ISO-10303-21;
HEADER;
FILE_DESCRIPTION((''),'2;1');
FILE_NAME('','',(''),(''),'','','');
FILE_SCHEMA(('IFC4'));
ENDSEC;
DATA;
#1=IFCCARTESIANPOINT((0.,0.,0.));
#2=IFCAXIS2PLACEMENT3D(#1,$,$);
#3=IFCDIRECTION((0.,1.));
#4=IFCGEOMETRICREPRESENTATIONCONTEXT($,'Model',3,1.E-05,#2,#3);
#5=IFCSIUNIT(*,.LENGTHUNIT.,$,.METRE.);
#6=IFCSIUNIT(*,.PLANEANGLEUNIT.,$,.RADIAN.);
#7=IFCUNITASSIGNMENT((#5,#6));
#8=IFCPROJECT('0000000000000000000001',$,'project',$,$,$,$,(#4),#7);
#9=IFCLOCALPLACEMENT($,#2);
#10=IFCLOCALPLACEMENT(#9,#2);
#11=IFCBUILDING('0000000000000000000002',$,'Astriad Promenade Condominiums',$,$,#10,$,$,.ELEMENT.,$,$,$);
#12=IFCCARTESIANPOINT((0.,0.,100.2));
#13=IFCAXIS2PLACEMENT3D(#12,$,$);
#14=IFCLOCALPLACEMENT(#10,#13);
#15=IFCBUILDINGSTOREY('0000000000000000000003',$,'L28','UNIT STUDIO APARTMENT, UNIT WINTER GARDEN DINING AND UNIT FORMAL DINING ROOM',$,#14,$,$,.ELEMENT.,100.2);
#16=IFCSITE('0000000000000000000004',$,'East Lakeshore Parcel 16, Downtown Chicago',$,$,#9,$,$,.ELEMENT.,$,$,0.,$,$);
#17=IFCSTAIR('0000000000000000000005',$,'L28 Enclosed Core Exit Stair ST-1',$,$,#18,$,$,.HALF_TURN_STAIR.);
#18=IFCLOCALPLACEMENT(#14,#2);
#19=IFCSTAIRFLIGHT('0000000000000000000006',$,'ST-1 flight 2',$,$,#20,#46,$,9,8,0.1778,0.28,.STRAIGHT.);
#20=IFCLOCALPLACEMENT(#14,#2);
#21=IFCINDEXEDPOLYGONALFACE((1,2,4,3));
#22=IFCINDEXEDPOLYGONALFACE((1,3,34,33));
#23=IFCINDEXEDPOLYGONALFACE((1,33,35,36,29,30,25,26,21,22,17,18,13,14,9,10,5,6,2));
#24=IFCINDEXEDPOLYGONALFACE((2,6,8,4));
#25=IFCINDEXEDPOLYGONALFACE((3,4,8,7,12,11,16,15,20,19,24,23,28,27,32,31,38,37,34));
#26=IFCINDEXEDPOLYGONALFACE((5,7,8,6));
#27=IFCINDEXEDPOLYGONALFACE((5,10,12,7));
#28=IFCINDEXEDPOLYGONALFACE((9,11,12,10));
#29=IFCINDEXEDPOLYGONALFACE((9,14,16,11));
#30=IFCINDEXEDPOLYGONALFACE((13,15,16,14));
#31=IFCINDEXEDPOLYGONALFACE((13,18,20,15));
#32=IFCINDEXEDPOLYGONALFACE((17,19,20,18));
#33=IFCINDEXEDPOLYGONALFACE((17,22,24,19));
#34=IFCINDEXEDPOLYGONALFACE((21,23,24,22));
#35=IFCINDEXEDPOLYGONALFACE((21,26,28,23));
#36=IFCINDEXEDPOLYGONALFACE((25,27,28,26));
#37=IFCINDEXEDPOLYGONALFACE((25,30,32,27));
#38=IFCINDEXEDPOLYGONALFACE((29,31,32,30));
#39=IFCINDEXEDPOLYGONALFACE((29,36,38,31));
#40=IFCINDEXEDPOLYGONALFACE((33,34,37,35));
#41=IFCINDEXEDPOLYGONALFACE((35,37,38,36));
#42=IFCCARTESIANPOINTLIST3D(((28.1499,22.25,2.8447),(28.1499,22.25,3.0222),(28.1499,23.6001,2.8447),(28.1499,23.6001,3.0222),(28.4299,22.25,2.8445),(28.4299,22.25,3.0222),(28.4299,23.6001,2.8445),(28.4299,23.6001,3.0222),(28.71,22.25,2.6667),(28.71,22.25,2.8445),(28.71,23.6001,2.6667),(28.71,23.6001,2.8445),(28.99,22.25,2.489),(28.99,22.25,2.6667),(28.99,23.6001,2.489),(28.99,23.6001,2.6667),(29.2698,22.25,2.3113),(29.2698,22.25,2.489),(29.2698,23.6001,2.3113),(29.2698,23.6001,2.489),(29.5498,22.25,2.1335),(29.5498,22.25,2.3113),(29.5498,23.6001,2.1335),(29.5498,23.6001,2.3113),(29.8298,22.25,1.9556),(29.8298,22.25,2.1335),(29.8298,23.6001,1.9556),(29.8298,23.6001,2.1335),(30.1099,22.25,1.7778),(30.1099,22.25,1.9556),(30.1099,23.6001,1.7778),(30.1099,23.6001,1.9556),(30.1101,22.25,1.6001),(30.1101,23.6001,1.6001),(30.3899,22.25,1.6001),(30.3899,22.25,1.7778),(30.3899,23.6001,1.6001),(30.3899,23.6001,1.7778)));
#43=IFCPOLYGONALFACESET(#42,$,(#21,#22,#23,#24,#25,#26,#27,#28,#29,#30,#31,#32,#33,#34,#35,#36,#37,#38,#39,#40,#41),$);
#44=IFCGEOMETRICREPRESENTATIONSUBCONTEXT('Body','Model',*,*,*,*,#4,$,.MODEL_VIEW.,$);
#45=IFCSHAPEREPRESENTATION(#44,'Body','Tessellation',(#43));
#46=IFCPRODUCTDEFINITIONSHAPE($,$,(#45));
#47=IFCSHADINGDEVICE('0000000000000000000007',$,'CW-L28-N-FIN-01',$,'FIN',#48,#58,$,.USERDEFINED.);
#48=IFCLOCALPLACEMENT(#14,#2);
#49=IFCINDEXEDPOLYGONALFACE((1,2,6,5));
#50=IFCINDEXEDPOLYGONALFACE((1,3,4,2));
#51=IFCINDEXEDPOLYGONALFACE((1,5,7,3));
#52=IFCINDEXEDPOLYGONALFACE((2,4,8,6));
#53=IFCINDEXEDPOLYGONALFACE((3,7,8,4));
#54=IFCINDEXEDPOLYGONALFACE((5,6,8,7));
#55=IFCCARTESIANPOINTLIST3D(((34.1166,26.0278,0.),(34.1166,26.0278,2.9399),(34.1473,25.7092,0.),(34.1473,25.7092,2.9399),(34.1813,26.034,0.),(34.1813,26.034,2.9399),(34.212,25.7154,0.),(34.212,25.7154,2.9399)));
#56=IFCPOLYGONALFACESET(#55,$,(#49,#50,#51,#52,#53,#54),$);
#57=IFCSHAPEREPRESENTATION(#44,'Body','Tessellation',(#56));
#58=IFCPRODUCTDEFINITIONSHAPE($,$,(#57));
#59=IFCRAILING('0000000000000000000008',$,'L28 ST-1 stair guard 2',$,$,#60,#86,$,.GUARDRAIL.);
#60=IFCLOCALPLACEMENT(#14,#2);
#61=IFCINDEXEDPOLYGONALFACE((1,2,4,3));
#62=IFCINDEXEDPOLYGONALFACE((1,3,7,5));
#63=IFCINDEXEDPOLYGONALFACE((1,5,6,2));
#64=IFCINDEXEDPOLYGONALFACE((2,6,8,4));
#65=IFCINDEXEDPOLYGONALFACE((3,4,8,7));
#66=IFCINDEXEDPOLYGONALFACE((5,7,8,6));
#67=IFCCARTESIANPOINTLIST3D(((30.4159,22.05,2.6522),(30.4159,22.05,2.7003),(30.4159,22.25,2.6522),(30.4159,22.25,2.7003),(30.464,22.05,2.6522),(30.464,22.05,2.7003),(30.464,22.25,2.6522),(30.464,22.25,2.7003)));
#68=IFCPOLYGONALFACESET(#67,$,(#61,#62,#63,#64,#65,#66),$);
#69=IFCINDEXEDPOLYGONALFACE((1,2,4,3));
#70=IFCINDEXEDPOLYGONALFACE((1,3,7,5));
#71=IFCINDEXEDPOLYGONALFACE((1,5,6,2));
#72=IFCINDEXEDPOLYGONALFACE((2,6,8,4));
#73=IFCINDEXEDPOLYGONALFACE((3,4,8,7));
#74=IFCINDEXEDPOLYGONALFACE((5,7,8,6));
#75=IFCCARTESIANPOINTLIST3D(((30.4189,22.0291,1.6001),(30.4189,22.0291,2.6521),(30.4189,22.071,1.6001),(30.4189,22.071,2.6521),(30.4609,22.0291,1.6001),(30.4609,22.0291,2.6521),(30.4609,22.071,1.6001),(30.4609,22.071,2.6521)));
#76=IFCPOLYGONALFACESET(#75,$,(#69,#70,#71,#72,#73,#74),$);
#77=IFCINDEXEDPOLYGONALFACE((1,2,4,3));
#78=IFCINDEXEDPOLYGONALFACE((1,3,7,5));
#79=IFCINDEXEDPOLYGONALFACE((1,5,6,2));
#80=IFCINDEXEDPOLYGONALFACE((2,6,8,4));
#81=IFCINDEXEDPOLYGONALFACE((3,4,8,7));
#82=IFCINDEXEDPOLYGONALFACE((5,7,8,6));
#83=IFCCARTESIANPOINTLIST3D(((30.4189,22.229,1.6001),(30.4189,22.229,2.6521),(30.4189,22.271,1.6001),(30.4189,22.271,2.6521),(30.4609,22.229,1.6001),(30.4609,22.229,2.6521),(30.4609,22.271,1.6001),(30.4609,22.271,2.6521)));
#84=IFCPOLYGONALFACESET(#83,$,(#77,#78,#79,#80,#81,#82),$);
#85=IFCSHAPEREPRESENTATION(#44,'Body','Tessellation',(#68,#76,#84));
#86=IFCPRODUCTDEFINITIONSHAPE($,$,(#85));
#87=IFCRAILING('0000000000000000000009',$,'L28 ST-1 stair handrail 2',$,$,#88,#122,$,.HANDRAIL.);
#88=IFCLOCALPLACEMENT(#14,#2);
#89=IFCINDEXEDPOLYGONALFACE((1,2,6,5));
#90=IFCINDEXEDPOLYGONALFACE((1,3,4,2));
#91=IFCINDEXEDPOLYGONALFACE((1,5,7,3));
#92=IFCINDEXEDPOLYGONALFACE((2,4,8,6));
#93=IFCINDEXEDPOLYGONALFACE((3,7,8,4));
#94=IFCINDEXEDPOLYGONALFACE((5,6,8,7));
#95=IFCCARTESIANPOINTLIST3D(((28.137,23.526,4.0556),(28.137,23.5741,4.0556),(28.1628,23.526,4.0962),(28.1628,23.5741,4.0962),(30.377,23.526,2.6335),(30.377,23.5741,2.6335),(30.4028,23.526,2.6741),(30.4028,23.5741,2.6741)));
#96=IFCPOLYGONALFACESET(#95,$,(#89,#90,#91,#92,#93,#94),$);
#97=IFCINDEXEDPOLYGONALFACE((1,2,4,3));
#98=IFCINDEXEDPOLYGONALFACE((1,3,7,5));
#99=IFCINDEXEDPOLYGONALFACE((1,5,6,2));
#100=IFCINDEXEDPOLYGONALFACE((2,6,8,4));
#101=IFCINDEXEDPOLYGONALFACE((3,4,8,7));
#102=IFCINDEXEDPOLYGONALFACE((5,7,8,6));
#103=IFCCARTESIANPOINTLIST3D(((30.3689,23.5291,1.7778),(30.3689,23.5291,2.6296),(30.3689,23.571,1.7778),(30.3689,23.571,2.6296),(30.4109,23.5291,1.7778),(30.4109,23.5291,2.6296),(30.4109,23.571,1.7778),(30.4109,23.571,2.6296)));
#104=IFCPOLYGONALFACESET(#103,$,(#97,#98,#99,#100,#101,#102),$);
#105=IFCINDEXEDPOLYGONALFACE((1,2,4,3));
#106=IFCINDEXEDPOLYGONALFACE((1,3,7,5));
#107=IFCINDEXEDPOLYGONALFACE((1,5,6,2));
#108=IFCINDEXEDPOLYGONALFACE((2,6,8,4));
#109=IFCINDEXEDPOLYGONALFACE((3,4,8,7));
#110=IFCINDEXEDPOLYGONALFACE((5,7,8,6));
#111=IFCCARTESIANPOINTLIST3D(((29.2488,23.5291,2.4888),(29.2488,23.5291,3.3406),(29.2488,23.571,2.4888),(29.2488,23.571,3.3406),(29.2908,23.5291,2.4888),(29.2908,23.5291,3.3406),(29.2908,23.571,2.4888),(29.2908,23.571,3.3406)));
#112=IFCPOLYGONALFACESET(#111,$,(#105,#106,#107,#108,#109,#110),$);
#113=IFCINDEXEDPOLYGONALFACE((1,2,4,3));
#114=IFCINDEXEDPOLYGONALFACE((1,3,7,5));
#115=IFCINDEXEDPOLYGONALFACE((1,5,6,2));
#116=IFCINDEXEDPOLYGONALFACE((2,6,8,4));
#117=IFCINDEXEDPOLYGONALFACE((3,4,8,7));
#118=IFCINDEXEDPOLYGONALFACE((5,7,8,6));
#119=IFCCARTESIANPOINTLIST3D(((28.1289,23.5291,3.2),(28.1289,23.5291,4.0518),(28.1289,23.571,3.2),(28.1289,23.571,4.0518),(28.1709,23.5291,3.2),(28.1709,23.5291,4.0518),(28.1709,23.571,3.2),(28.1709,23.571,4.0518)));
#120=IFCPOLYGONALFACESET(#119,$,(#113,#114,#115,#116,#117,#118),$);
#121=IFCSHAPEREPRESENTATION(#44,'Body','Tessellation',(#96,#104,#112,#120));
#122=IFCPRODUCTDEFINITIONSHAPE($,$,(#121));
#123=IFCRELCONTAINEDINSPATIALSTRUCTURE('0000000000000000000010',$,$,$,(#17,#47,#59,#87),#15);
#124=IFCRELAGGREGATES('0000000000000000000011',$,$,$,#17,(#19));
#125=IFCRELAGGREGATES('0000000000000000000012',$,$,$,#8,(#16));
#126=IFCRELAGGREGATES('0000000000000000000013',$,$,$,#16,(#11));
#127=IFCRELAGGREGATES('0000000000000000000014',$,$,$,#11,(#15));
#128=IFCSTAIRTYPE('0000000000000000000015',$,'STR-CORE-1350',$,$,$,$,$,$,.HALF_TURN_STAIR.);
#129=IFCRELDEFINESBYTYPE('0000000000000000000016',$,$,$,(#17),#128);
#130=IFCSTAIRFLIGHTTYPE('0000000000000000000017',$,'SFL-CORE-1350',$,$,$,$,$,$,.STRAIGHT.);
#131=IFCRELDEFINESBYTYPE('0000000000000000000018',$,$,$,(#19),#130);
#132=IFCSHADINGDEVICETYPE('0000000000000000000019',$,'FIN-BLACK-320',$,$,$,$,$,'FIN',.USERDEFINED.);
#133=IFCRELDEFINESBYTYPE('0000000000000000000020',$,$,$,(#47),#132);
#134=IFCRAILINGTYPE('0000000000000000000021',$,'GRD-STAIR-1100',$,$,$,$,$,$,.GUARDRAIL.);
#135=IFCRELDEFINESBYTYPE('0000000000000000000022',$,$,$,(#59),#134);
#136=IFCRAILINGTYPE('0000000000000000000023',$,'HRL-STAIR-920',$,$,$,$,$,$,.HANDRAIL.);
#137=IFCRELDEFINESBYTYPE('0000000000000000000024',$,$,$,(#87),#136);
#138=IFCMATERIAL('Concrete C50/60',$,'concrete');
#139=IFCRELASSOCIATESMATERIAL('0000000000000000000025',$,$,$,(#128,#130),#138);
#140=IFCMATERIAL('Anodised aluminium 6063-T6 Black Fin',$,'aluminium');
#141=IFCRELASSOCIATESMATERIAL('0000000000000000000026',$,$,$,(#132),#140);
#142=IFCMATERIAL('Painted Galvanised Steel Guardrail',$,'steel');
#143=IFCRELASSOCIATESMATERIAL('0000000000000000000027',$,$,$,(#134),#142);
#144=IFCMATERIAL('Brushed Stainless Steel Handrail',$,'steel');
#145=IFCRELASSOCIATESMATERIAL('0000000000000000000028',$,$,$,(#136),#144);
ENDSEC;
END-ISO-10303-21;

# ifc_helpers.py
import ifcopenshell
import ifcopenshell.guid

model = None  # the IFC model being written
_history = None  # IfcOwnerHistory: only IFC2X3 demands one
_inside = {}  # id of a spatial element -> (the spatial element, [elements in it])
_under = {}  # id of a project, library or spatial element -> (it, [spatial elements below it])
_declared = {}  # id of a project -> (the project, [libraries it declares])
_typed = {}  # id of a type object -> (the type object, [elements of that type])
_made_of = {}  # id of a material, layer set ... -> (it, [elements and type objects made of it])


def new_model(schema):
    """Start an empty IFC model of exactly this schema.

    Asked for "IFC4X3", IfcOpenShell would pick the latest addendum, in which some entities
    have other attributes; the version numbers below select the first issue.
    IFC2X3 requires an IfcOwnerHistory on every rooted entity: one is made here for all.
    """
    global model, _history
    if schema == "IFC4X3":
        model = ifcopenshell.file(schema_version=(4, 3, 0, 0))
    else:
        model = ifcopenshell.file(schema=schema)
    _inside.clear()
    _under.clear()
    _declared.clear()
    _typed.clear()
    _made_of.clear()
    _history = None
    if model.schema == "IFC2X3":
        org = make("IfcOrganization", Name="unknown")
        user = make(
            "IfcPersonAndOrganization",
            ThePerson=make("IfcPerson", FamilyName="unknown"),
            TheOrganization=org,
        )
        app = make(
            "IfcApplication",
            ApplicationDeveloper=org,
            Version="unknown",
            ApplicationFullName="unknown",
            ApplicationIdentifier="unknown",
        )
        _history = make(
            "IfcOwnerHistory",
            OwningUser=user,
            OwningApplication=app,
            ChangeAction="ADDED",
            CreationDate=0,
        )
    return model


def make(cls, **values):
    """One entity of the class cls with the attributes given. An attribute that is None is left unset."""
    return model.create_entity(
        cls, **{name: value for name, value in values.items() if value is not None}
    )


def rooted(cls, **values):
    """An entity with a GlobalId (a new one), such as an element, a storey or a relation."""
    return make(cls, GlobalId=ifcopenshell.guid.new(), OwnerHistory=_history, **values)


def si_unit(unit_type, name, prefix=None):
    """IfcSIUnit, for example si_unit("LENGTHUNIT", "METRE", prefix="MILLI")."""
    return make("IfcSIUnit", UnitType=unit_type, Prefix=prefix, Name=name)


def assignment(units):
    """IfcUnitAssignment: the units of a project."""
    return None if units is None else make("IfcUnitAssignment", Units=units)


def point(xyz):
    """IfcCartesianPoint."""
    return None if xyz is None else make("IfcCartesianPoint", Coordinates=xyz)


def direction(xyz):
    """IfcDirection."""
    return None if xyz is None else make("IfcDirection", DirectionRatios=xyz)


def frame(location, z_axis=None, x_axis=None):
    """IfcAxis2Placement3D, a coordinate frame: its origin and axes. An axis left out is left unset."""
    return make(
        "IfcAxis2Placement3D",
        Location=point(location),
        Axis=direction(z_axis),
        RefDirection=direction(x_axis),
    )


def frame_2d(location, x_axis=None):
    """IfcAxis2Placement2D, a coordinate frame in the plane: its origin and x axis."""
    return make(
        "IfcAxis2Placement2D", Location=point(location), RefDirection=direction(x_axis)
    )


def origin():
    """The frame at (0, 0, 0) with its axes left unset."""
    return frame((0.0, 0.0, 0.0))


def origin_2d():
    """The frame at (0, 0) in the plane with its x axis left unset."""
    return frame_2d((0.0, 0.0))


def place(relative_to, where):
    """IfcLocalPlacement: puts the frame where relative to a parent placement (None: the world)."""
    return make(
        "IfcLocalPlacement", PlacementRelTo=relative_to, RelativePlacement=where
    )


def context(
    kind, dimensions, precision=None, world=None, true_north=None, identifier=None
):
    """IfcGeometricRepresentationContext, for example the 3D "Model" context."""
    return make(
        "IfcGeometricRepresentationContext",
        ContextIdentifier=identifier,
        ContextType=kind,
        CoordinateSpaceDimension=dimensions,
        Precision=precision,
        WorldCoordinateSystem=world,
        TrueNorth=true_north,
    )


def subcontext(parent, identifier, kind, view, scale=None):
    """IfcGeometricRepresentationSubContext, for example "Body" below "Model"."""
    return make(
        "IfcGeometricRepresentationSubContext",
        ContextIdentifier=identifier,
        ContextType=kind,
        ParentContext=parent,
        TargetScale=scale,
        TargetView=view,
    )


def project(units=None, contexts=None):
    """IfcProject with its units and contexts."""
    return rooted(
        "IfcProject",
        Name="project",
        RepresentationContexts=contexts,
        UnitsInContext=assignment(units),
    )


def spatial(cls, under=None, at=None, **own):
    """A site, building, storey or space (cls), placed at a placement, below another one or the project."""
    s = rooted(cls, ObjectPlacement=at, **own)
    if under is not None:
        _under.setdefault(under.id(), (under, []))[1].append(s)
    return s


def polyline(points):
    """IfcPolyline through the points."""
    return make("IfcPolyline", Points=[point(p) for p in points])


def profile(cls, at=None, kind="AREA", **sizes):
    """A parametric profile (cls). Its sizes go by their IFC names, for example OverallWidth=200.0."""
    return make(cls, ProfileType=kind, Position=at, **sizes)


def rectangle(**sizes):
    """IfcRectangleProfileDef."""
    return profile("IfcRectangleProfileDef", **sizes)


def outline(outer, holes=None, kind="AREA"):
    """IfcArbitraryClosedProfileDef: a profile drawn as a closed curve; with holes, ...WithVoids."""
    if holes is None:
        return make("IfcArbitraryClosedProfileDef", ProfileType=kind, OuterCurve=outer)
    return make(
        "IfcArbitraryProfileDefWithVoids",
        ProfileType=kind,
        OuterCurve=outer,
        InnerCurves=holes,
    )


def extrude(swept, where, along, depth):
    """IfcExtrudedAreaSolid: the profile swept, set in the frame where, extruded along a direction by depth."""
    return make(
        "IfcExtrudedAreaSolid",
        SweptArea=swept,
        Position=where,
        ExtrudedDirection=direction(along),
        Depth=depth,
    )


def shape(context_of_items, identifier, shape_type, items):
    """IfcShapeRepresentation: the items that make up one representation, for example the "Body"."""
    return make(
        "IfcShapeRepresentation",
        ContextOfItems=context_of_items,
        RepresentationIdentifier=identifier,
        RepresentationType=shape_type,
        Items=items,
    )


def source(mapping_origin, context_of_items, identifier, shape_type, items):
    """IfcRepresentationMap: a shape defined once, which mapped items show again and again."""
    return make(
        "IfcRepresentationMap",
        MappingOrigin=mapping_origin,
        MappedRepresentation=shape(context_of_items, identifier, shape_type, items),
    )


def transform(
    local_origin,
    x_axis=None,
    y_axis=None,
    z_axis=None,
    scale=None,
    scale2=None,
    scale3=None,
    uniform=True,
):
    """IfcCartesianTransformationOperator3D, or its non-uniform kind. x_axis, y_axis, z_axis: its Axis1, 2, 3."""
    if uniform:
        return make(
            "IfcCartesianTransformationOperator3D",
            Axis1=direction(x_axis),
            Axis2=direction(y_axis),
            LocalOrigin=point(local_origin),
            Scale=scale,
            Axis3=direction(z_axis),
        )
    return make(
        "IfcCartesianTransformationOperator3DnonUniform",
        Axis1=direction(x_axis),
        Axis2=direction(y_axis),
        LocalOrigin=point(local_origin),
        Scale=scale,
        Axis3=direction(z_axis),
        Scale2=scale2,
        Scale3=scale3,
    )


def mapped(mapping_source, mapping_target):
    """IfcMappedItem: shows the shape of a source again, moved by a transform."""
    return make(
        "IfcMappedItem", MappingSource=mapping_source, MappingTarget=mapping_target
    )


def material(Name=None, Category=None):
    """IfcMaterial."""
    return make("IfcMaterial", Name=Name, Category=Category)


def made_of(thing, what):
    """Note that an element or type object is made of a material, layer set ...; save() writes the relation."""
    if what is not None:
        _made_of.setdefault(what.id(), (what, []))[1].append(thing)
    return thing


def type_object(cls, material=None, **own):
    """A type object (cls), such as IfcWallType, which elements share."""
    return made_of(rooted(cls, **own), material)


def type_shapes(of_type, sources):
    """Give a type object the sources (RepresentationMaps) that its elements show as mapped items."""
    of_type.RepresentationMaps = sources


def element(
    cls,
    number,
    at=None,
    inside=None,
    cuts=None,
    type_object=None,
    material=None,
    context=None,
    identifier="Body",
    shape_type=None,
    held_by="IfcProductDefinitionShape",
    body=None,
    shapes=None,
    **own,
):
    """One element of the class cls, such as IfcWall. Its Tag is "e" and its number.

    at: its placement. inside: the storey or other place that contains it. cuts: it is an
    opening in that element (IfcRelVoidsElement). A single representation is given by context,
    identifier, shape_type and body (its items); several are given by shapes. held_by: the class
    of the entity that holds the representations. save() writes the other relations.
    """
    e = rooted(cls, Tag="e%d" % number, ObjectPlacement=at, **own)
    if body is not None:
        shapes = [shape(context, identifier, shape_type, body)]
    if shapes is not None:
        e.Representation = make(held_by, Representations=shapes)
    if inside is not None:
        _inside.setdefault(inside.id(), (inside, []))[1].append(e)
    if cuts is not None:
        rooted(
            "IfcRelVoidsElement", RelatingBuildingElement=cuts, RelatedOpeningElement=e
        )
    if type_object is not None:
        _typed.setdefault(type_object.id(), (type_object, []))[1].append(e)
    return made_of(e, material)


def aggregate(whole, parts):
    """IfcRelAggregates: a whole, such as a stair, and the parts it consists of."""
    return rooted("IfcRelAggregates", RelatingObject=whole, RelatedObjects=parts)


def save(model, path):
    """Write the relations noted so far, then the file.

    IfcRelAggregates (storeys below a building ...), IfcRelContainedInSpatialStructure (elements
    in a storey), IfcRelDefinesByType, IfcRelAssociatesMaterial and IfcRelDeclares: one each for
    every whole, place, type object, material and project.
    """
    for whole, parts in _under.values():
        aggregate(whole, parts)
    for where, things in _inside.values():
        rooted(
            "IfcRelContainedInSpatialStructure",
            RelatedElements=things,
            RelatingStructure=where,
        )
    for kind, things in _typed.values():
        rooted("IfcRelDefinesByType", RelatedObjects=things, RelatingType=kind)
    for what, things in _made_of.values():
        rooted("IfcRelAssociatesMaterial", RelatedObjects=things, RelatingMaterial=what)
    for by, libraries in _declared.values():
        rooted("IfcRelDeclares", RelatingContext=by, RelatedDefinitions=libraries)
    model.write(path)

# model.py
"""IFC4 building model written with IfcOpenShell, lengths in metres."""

from ifc_helpers import new_model, si_unit, direction, frame, origin, origin_2d, place, context, subcontext, project, spatial, polyline, rectangle, outline, extrude, source, transform, mapped, material, type_object, type_shapes, element, aggregate, save


model = new_model("IFC4")

# Units and contexts
model_context = context("Model", 3, precision=1e-05, world=origin(), true_north=direction((0.0, 1.0)))
body_context = subcontext(model_context, "Body", "Model", "MODEL_VIEW")
ifc_project = project(units=[si_unit("LENGTHUNIT", "METRE"), si_unit("PLANEANGLEUNIT", "RADIAN")], contexts=[model_context])

# Site, building, storey
site_placement = place(None, origin())
site = spatial("IfcSite", under=ifc_project, at=site_placement, Name="East Lakeshore Parcel 16, Downtown Chicago", CompositionType="ELEMENT", RefElevation=0.0)
building_placement = place(site_placement, origin())
building = spatial("IfcBuilding", under=site, at=building_placement, Name="Astriad Promenade Condominiums", CompositionType="ELEMENT")
storey_placement = place(building_placement, frame((0.0, 0.0, 100.2)))
storey = spatial("IfcBuildingStorey", under=building, at=storey_placement, Name="L28", Description="UNIT STUDIO APARTMENT, UNIT WINTER GARDEN DINING AND UNIT FORMAL DINING ROOM", CompositionType="ELEMENT", Elevation=100.2)

# Shared definitions
ifc_material_1 = material(Name="Concrete C50/60", Category="concrete")

# Stair, stair flight
stair_type = type_object("IfcStairType", Name="STR-CORE-1350", PredefinedType="HALF_TURN_STAIR", material=ifc_material_1)
stair_placement = place(storey_placement, origin())
stair = element("IfcStair", 1, at=stair_placement, inside=storey, type_object=stair_type, Name="L28 Enclosed Core Exit Stair ST-1", PredefinedType="HALF_TURN_STAIR")
stair_flight_type = type_object("IfcStairFlightType", Name="SFL-CORE-1350", PredefinedType="STRAIGHT", material=ifc_material_1)
shared_shape_1 = source(origin(), body_context, "Body", "SweptSolid", [
    extrude(outline(polyline([(0.0, 0.0), (0.0, 0.1777), (0.28, 0.1777), (0.28, 0.3555), (0.5601, 0.3555), (0.5601, 0.5334), (0.8401, 0.5334), (0.8401, 0.7112), (1.1201, 0.7112), (1.1201, 0.8889), (1.3999, 0.8889), (1.3999, 1.0667), (1.6799, 1.0667), (1.6799, 1.2444), (1.96, 1.2444), (1.96, 1.4221), (2.24, 1.4221), (2.24, 1.6001), (2.24, 1.2446), (0.2798, 0.0), (0.0, 0.0)])), frame((0.0, 0.675, 0.0), z_axis=(0.0, -1.0, 0.0), x_axis=(1.0, 0.0, 0.0)), (0.0, 0.0, 1.0), 1.3501),
])
type_shapes(stair_flight_type, [shared_shape_1])
stair_flight_placement = place(storey_placement, frame((30.3899, 22.925, 1.6001), z_axis=(0.0, 0.0, 1.0), x_axis=(-1.0, 0.0, 0.0)))
stair_flight = element("IfcStairFlight", 2, at=stair_flight_placement, type_object=stair_flight_type, Name="ST-1 flight 2", NumberOfRisers=9, NumberOfTreads=8, PredefinedType="STRAIGHT", RiserHeight=0.1778, TreadLength=0.28, context=body_context, shape_type="MappedRepresentation", body=[
    mapped(shared_shape_1, transform((0.0, 0.0, 0.0), scale=1.0)),
])
aggregate(stair, [stair_flight])

# Shading device
ifc_material_2 = material(Name="Anodised aluminium 6063-T6 Black Fin", Category="aluminium")
shading_device_type = type_object("IfcShadingDeviceType", Name="FIN-BLACK-320", ElementType="FIN", PredefinedType="USERDEFINED", material=ifc_material_2)
shared_shape_2 = source(origin(), body_context, "Body", "SweptSolid", [
    extrude(rectangle(XDim=0.0649, YDim=0.3201, at=origin_2d()), origin(), (0.0, 0.0, 1.0), 2.9399),
])
type_shapes(shading_device_type, [shared_shape_2])
shading_device_placement = place(storey_placement, frame((34.1643, 25.8716, 0.0), z_axis=(0.0, 0.0, 1.0), x_axis=(0.995396, 0.095846, 0.0)))
element("IfcShadingDevice", 3, at=shading_device_placement, inside=storey, type_object=shading_device_type, Name="CW-L28-N-FIN-01", ObjectType="FIN", PredefinedType="USERDEFINED", context=body_context, shape_type="MappedRepresentation", body=[
    mapped(shared_shape_2, transform((0.0, 0.0, 0.0), scale=1.0)),
])

# Railings
ifc_material_3 = material(Name="Painted Galvanised Steel Guardrail", Category="steel")
railing_type_1 = type_object("IfcRailingType", Name="GRD-STAIR-1100", PredefinedType="GUARDRAIL", material=ifc_material_3)
shared_shape_3 = source(origin(), body_context, "Body", "SweptSolid", [
    extrude(rectangle(XDim=0.0481, YDim=0.0481, at=origin_2d()), frame((0.0, 0.0, 1.0762), z_axis=(0.0, 1.0, 0.0), x_axis=(-1.0, 0.0, 0.0)), (0.0, 0.0, 1.0), 0.2),
    extrude(rectangle(XDim=0.042, YDim=0.042, at=origin_2d()), origin(), (0.0, 0.0, 1.0), 1.052),
    extrude(rectangle(XDim=0.042, YDim=0.042, at=origin_2d()), frame((0.0, 0.2, 0.0)), (0.0, 0.0, 1.0), 1.052),
])
type_shapes(railing_type_1, [shared_shape_3])
railing_1_placement = place(storey_placement, frame((30.4399, 22.05, 1.6001)))
element("IfcRailing", 4, at=railing_1_placement, inside=storey, type_object=railing_type_1, Name="L28 ST-1 stair guard 2", PredefinedType="GUARDRAIL", context=body_context, shape_type="MappedRepresentation", body=[
    mapped(shared_shape_3, transform((0.0, 0.0, 0.0), scale=1.0)),
])
ifc_material_4 = material(Name="Brushed Stainless Steel Handrail", Category="steel")
railing_type_2 = type_object("IfcRailingType", Name="HRL-STAIR-920", PredefinedType="HANDRAIL", material=ifc_material_4)
shared_shape_4 = source(origin(), body_context, "Body", "SweptSolid", [
    extrude(rectangle(XDim=0.0481, YDim=0.0481, at=origin_2d()), frame((0.0, 0.0, 0.876), z_axis=(-0.844229, 0.0, 0.535982), x_axis=(0.0, -1.0, 0.0)), (0.0, 0.0, 1.0), 2.6533),
    extrude(rectangle(XDim=0.042, YDim=0.042, at=origin_2d()), origin(), (0.0, 0.0, 1.0), 0.8518),
    extrude(rectangle(XDim=0.042, YDim=0.042, at=origin_2d()), frame((-1.1201, 0.0, 0.7109)), (0.0, 0.0, 1.0), 0.8518),
    extrude(rectangle(XDim=0.042, YDim=0.042, at=origin_2d()), frame((-2.24, 0.0, 1.4221)), (0.0, 0.0, 1.0), 0.8518),
])
type_shapes(railing_type_2, [shared_shape_4])
railing_2_placement = place(storey_placement, frame((30.3899, 23.55, 1.7778)))
element("IfcRailing", 5, at=railing_2_placement, inside=storey, type_object=railing_type_2, Name="L28 ST-1 stair handrail 2", PredefinedType="HANDRAIL", context=body_context, shape_type="MappedRepresentation", body=[
    mapped(shared_shape_4, transform((0.0, 0.0, 0.0), scale=1.0)),
])

save(model, "model.ifc")
